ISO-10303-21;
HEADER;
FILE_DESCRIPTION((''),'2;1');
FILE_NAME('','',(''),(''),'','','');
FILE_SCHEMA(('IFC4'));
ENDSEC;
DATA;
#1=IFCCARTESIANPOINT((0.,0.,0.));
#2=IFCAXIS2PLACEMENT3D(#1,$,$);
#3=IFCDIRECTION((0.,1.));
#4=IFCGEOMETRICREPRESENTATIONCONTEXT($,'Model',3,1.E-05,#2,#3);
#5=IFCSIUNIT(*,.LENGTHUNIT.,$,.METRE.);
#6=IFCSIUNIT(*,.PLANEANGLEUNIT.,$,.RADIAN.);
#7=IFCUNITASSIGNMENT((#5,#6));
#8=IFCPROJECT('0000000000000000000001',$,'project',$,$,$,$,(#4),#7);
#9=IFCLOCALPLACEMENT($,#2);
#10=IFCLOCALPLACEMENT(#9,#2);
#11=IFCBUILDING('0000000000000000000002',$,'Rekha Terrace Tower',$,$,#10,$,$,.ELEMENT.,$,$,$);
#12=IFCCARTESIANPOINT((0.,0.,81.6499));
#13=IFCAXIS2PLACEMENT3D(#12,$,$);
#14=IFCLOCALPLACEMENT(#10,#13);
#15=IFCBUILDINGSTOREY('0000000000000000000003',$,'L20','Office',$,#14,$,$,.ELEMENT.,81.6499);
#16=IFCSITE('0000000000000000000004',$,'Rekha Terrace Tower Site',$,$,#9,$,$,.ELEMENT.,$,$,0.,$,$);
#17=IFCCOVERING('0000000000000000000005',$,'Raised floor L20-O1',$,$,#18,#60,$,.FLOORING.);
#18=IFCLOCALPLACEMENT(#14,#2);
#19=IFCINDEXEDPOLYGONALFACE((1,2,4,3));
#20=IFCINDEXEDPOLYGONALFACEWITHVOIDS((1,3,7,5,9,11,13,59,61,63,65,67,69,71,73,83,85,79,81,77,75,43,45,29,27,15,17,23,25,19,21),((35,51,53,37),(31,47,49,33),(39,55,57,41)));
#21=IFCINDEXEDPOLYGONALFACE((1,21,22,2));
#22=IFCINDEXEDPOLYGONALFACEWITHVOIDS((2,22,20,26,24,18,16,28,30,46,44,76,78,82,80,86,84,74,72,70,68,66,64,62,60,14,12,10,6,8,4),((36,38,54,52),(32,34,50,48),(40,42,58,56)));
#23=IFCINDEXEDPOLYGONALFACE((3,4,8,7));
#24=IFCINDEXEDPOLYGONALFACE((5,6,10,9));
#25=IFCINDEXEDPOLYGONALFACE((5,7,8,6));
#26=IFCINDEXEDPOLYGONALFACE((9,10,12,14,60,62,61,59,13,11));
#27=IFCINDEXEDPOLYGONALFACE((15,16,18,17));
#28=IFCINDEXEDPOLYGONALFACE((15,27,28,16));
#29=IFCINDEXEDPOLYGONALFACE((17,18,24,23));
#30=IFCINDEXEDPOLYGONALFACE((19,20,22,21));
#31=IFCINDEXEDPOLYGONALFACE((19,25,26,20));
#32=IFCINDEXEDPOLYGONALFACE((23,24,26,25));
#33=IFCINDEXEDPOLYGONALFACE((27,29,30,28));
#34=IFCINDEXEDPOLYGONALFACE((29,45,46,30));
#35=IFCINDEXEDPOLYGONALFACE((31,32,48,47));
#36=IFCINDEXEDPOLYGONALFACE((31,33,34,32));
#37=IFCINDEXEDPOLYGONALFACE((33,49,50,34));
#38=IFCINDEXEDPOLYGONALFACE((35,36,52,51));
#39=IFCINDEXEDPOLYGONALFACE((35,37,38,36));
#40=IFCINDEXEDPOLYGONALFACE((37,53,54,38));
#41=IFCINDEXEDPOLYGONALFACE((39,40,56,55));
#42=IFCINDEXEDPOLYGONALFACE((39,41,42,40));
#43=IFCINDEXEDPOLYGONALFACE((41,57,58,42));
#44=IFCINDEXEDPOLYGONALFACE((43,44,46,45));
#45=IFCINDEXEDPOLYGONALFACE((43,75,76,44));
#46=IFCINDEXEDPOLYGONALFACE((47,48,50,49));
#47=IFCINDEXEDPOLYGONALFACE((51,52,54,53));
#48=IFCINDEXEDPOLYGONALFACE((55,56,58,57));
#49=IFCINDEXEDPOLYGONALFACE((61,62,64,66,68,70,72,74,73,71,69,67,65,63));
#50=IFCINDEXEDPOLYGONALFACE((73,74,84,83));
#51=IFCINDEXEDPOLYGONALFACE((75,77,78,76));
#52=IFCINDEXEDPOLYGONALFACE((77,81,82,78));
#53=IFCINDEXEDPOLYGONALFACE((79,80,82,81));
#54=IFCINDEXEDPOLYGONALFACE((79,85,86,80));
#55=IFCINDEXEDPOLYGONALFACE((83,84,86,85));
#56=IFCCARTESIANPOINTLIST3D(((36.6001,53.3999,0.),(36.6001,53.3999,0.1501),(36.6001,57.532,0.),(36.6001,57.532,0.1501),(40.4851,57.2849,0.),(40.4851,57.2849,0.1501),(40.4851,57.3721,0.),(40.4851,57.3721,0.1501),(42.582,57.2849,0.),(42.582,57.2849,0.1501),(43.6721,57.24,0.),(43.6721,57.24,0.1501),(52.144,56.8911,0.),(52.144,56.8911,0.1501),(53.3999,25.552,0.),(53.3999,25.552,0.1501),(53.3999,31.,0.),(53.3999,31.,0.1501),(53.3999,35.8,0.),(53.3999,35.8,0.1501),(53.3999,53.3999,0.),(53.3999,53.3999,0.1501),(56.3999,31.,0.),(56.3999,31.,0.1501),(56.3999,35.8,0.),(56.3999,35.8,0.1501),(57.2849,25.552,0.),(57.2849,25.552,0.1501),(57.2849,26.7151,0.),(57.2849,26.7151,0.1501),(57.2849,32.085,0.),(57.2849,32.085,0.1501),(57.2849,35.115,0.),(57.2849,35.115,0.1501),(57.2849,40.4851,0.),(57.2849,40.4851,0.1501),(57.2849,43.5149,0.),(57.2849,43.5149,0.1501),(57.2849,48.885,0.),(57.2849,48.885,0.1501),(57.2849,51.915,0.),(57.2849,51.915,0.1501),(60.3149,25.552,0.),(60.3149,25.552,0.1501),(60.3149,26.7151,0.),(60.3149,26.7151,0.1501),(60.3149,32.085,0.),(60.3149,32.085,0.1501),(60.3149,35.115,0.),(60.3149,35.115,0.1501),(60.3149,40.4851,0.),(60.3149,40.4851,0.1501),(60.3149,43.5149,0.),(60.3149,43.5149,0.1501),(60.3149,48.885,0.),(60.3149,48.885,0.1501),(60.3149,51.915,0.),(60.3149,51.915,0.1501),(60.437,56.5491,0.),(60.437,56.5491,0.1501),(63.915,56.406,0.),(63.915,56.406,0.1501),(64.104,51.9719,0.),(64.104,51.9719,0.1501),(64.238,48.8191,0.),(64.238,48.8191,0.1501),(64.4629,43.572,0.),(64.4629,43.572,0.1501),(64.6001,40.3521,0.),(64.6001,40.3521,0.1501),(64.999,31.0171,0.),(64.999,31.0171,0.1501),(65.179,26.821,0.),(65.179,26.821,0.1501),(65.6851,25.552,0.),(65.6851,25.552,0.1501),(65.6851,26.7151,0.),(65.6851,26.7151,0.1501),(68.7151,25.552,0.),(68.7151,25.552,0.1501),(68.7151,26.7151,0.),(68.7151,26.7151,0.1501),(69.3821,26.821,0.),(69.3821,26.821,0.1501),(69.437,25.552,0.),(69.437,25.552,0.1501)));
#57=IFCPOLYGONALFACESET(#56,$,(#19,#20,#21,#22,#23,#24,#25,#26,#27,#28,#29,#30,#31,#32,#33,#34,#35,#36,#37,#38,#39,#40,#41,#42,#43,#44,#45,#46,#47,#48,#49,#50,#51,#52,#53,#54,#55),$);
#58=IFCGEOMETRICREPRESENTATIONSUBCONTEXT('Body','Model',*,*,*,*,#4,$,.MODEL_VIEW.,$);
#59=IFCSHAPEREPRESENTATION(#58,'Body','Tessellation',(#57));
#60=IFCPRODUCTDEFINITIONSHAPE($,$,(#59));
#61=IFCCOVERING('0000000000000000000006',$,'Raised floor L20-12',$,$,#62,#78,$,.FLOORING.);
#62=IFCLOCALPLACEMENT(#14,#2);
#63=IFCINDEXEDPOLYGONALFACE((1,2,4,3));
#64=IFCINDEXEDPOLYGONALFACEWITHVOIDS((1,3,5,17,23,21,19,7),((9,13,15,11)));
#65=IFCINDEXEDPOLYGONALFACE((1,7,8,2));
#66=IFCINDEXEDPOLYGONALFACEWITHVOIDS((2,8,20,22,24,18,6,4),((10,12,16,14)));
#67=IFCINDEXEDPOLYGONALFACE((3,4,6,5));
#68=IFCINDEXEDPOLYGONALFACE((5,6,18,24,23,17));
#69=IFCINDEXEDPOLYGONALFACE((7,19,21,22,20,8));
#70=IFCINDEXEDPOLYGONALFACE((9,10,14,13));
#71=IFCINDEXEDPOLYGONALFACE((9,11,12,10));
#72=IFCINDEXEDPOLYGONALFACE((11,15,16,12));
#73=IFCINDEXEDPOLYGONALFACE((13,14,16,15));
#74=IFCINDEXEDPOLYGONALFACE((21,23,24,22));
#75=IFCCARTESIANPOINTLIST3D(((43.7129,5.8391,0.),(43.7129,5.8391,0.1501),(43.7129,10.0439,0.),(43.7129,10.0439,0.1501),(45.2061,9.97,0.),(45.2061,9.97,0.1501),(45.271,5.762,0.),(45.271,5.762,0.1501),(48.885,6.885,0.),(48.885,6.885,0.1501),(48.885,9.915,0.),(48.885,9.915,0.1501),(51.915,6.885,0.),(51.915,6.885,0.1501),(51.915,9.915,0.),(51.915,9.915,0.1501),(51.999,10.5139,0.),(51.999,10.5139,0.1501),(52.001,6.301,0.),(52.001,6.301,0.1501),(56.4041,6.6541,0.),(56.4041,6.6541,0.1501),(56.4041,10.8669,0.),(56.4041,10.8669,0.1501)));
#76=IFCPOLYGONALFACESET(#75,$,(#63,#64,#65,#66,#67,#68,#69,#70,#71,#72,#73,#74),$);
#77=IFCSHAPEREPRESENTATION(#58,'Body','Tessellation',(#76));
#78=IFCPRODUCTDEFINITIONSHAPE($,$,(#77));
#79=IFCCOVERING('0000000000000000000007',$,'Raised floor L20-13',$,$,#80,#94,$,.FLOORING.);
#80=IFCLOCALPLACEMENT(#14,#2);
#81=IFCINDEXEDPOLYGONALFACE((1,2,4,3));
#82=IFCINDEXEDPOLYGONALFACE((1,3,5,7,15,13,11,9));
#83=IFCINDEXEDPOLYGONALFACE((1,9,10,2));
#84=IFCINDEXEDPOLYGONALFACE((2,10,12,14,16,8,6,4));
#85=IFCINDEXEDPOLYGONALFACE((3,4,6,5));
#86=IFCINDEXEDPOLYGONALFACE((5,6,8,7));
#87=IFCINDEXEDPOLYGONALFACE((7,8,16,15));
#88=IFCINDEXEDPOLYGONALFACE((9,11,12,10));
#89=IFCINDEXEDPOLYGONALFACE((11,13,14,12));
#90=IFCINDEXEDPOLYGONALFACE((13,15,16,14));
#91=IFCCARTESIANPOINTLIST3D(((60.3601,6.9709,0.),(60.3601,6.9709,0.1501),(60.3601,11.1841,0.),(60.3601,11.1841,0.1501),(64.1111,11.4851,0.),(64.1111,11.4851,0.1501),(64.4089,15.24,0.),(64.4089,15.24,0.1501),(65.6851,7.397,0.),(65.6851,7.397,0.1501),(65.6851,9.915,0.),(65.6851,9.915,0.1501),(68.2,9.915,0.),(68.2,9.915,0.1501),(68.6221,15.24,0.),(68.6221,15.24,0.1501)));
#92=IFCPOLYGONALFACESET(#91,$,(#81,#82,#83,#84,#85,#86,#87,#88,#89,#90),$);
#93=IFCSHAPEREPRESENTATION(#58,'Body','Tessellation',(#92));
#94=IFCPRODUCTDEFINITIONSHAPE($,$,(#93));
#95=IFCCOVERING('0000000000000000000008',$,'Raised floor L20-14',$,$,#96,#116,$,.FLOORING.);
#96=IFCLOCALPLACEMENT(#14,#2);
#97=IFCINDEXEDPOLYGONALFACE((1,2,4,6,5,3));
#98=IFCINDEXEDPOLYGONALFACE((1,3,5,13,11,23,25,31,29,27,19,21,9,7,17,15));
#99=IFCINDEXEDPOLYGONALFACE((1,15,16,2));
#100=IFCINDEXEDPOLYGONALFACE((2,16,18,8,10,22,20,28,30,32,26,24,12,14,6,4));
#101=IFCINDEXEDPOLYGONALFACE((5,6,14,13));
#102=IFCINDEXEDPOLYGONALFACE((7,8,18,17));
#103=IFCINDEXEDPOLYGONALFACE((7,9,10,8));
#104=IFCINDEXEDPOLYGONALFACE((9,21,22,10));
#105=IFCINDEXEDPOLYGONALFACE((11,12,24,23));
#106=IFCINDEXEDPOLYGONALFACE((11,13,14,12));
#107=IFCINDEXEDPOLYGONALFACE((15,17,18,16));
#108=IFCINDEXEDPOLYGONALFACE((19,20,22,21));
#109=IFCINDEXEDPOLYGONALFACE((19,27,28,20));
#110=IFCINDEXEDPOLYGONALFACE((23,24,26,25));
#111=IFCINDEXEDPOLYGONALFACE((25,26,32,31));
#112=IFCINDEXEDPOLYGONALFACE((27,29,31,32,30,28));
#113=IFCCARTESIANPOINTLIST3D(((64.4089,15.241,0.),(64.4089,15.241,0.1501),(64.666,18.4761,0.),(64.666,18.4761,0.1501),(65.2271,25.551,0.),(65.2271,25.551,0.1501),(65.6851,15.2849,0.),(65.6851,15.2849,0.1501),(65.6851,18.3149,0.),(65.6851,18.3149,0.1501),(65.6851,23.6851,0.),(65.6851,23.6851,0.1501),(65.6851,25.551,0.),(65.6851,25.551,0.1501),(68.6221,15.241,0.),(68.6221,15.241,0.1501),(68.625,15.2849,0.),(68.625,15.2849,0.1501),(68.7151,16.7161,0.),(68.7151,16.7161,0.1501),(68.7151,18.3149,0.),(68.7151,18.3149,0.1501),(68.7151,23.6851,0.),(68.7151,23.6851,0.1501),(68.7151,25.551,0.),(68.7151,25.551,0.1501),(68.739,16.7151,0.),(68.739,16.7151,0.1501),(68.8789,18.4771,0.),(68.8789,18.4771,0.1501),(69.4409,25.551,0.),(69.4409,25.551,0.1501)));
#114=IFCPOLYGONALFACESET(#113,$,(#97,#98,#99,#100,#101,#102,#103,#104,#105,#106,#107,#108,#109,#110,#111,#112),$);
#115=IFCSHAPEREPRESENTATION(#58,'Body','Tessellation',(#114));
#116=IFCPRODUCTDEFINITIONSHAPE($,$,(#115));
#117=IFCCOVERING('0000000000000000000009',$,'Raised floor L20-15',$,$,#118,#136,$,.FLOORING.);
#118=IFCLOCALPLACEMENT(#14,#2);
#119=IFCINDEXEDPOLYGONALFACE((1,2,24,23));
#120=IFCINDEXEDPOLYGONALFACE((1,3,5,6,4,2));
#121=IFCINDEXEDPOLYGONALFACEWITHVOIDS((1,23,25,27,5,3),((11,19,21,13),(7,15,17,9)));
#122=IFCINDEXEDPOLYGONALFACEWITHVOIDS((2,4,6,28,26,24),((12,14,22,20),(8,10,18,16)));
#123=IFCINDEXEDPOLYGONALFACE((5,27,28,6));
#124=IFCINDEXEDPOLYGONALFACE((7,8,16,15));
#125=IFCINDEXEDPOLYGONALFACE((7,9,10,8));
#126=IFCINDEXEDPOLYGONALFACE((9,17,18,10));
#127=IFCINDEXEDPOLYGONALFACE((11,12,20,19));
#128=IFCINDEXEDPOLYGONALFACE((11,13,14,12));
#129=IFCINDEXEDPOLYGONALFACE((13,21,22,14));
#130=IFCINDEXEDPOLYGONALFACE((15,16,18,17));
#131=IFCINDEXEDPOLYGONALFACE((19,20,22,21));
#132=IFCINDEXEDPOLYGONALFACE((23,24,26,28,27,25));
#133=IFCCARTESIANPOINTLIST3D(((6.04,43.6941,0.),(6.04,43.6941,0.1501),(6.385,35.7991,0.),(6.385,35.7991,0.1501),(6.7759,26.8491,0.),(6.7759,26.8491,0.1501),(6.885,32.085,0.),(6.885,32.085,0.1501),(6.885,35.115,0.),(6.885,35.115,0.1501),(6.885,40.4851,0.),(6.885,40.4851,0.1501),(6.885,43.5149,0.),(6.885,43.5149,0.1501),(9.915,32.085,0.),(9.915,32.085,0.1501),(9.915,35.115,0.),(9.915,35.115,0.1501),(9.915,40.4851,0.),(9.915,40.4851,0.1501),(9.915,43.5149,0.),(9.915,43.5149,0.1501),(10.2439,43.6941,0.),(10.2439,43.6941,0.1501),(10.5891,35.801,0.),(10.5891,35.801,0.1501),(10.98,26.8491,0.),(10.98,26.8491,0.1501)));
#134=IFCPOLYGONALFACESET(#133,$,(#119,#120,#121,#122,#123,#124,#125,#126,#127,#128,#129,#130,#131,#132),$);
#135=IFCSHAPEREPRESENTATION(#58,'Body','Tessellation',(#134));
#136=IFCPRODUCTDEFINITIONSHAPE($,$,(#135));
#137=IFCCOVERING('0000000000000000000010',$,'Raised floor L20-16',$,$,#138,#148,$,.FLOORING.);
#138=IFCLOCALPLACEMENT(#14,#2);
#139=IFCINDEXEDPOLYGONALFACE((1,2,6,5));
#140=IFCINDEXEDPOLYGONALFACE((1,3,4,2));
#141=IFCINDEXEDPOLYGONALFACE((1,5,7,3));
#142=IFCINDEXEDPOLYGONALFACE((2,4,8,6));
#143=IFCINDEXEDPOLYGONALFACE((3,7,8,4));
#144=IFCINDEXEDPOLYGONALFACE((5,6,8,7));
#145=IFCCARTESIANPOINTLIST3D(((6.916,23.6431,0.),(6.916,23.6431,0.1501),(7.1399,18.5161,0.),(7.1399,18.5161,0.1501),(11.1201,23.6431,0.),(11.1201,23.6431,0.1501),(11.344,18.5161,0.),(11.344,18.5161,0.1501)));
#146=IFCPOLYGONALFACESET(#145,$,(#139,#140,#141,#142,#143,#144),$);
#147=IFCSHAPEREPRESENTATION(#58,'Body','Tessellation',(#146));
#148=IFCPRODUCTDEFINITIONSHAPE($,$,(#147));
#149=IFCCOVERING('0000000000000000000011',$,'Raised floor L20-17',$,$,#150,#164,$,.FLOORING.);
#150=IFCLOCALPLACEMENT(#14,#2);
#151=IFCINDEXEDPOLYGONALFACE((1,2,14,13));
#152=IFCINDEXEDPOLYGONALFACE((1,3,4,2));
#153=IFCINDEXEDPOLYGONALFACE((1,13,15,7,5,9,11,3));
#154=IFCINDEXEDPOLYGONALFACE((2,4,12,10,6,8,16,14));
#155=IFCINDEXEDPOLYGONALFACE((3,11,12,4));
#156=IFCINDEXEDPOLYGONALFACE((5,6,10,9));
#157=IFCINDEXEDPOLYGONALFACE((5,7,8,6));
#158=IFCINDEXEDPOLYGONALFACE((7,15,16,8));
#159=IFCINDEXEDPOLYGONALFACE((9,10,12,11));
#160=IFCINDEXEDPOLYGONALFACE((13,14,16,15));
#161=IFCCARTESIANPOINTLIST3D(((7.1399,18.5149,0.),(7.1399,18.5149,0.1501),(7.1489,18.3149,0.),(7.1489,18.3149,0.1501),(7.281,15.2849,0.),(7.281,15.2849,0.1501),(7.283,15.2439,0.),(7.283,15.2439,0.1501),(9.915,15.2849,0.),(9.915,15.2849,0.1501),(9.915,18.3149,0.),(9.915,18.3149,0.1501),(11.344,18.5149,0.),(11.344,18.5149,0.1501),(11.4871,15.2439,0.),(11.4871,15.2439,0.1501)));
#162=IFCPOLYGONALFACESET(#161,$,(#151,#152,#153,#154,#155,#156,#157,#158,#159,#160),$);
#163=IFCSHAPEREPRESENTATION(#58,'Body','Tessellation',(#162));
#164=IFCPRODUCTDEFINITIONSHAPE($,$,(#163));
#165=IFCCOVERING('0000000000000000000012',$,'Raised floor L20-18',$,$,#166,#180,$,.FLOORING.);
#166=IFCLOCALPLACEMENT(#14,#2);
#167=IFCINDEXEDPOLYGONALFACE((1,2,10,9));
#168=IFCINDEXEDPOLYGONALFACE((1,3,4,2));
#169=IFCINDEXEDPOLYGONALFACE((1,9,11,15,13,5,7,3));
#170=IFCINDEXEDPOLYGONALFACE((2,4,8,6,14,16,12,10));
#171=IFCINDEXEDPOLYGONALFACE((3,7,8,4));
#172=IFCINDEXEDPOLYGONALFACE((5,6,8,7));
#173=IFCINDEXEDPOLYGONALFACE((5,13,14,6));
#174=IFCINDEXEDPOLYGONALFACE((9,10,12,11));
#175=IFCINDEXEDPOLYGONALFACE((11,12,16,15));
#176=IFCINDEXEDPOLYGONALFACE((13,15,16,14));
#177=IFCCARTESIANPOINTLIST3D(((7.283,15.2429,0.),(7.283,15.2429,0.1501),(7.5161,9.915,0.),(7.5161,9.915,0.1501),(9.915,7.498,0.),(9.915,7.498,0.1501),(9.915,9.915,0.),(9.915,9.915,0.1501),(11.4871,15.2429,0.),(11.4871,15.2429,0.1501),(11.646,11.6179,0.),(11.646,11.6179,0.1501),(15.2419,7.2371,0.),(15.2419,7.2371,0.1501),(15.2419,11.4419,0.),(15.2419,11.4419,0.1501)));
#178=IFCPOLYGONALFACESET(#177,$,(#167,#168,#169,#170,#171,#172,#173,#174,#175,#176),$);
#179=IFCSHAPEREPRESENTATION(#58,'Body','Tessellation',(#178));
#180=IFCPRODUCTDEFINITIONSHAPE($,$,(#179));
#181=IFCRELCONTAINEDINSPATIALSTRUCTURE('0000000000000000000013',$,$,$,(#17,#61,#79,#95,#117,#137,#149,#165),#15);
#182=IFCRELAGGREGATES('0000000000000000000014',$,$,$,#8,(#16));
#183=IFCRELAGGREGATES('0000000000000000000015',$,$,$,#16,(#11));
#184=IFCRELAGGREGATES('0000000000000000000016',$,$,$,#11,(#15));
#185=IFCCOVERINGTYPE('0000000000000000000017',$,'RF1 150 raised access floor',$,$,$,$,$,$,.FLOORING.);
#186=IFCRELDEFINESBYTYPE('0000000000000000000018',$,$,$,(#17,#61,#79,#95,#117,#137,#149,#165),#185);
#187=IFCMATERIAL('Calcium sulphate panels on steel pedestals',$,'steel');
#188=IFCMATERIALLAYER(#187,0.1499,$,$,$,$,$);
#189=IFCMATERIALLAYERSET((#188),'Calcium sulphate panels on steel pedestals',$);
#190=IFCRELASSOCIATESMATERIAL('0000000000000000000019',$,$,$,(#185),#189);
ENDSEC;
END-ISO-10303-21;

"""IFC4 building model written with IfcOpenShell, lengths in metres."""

from ifc_helpers import new_model, si_unit, direction, frame, origin, place, context, subcontext, project, spatial, polyline, outline, extrude, material, layer, layer_set, type_object, element, save


model = new_model("IFC4")

# Units and contexts
model_context = context("Model", 3, precision=1e-05, world=origin(), true_north=direction((0.0, 1.0)))
body_context = subcontext(model_context, "Body", "Model", "MODEL_VIEW")
ifc_project = project(units=[si_unit("LENGTHUNIT", "METRE"), si_unit("PLANEANGLEUNIT", "RADIAN")], contexts=[model_context])

# Site, building, storey
site_placement = place(None, origin())
site = spatial("IfcSite", under=ifc_project, at=site_placement, Name="Rekha Terrace Tower Site", CompositionType="ELEMENT", RefElevation=0.0)
building_placement = place(site_placement, origin())
building = spatial("IfcBuilding", under=site, at=building_placement, Name="Rekha Terrace Tower", CompositionType="ELEMENT")
storey_placement = place(building_placement, frame((0.0, 0.0, 81.6499)))
storey = spatial("IfcBuildingStorey", under=building, at=storey_placement, Name="L20", Description="Office", CompositionType="ELEMENT", Elevation=81.6499)

# Coverings
ifc_material_1 = material(Name="Calcium sulphate panels on steel pedestals", Category="steel")
ifc_layer_1 = layer(ifc_material_1, 0.1499)
ifc_layer_set_1 = layer_set([ifc_layer_1], Name="Calcium sulphate panels on steel pedestals")
covering_type_1 = type_object("IfcCoveringType", Name="RF1 150 raised access floor", PredefinedType="FLOORING", material=ifc_layer_set_1)
covering_1_placement = place(storey_placement, origin())
element("IfcCovering", 1, at=covering_1_placement, inside=storey, type_object=covering_type_1, Name="Raised floor L20-O1", PredefinedType="FLOORING", context=body_context, shape_type="SweptSolid", body=[
    extrude(outline(polyline([(52.144, 56.8911), (43.6721, 57.24), (42.582, 57.2849), (40.4851, 57.2849), (40.4851, 57.3721), (36.6001, 57.532), (36.6001, 53.3999), (53.3999, 53.3999), (53.3999, 35.8), (56.3999, 35.8), (56.3999, 31.0), (53.3999, 31.0), (53.3999, 25.552), (57.2849, 25.552), (57.2849, 26.7151), (60.3149, 26.7151), (60.3149, 25.552), (65.6851, 25.552), (65.6851, 26.7151), (68.7151, 26.7151), (68.7151, 25.552), (69.437, 25.552), (69.3821, 26.821), (65.179, 26.821), (64.999, 31.0171), (64.6001, 40.3521), (64.4629, 43.572), (64.238, 48.8191), (64.104, 51.9719), (63.915, 56.406), (60.437, 56.5491), (52.144, 56.8911)]), holes=[polyline([(60.3149, 32.085), (57.2849, 32.085), (57.2849, 35.115), (60.3149, 35.115), (60.3149, 32.085)]), polyline([(60.3149, 40.4851), (57.2849, 40.4851), (57.2849, 43.5149), (60.3149, 43.5149), (60.3149, 40.4851)]), polyline([(60.3149, 48.885), (57.2849, 48.885), (57.2849, 51.915), (60.3149, 51.915), (60.3149, 48.885)])]), origin(), (0.0, 0.0, 1.0), 0.1501),
])
covering_2_placement = place(storey_placement, origin())
element("IfcCovering", 2, at=covering_2_placement, inside=storey, type_object=covering_type_1, Name="Raised floor L20-12", PredefinedType="FLOORING", context=body_context, shape_type="SweptSolid", body=[
    extrude(outline(polyline([(45.2061, 9.97), (43.7129, 10.0439), (43.7129, 5.8391), (45.271, 5.762), (52.001, 6.301), (56.4041, 6.6541), (56.4041, 10.8669), (51.999, 10.5139), (45.2061, 9.97)]), holes=[polyline([(51.915, 6.885), (48.885, 6.885), (48.885, 9.915), (51.915, 9.915), (51.915, 6.885)])]), origin(), (0.0, 0.0, 1.0), 0.1501),
])
covering_3_placement = place(storey_placement, origin())
element("IfcCovering", 3, at=covering_3_placement, inside=storey, type_object=covering_type_1, Name="Raised floor L20-13", PredefinedType="FLOORING", context=body_context, shape_type="SweptSolid", body=[
    extrude(outline(polyline([(64.4089, 15.24), (64.1111, 11.4851), (60.3601, 11.1841), (60.3601, 6.9709), (65.6851, 7.397), (65.6851, 9.915), (68.2, 9.915), (68.6221, 15.24), (64.4089, 15.24)])), origin(), (0.0, 0.0, 1.0), 0.1501),
])
covering_4_placement = place(storey_placement, origin())
element("IfcCovering", 4, at=covering_4_placement, inside=storey, type_object=covering_type_1, Name="Raised floor L20-14", PredefinedType="FLOORING", context=body_context, shape_type="SweptSolid", body=[
    extrude(outline(polyline([(65.6851, 23.6851), (65.6851, 25.551), (65.2271, 25.551), (64.666, 18.4761), (64.4089, 15.241), (68.6221, 15.241), (68.625, 15.2849), (65.6851, 15.2849), (65.6851, 18.3149), (68.7151, 18.3149), (68.7151, 16.7161), (68.739, 16.7151), (68.8789, 18.4771), (69.4409, 25.551), (68.7151, 25.551), (68.7151, 23.6851), (65.6851, 23.6851)])), origin(), (0.0, 0.0, 1.0), 0.1501),
])
covering_5_placement = place(storey_placement, origin())
element("IfcCovering", 5, at=covering_5_placement, inside=storey, type_object=covering_type_1, Name="Raised floor L20-15", PredefinedType="FLOORING", context=body_context, shape_type="SweptSolid", body=[
    extrude(outline(polyline([(10.98, 26.8491), (10.5891, 35.801), (10.2439, 43.6941), (6.04, 43.6941), (6.385, 35.7991), (6.7759, 26.8491), (10.98, 26.8491)]), holes=[polyline([(9.915, 32.085), (6.885, 32.085), (6.885, 35.115), (9.915, 35.115), (9.915, 32.085)]), polyline([(9.915, 40.4851), (6.885, 40.4851), (6.885, 43.5149), (9.915, 43.5149), (9.915, 40.4851)])]), origin(), (0.0, 0.0, 1.0), 0.1501),
])
covering_6_placement = place(storey_placement, origin())
element("IfcCovering", 6, at=covering_6_placement, inside=storey, type_object=covering_type_1, Name="Raised floor L20-16", PredefinedType="FLOORING", context=body_context, shape_type="SweptSolid", body=[
    extrude(outline(polyline([(7.1399, 18.5161), (11.344, 18.5161), (11.1201, 23.6431), (6.916, 23.6431), (7.1399, 18.5161)])), origin(), (0.0, 0.0, 1.0), 0.1501),
])
covering_7_placement = place(storey_placement, origin())
element("IfcCovering", 7, at=covering_7_placement, inside=storey, type_object=covering_type_1, Name="Raised floor L20-17", PredefinedType="FLOORING", context=body_context, shape_type="SweptSolid", body=[
    extrude(outline(polyline([(7.283, 15.2439), (11.4871, 15.2439), (11.344, 18.5149), (7.1399, 18.5149), (7.1489, 18.3149), (9.915, 18.3149), (9.915, 15.2849), (7.281, 15.2849), (7.283, 15.2439)])), origin(), (0.0, 0.0, 1.0), 0.1501),
])
covering_8_placement = place(storey_placement, origin())
element("IfcCovering", 8, at=covering_8_placement, inside=storey, type_object=covering_type_1, Name="Raised floor L20-18", PredefinedType="FLOORING", context=body_context, shape_type="SweptSolid", body=[
    extrude(outline(polyline([(11.646, 11.6179), (11.4871, 15.2429), (7.283, 15.2429), (7.5161, 9.915), (9.915, 9.915), (9.915, 7.498), (15.2419, 7.2371), (15.2419, 11.4419), (11.646, 11.6179)])), origin(), (0.0, 0.0, 1.0), 0.1501),
])

save(model, "model.ifc")
